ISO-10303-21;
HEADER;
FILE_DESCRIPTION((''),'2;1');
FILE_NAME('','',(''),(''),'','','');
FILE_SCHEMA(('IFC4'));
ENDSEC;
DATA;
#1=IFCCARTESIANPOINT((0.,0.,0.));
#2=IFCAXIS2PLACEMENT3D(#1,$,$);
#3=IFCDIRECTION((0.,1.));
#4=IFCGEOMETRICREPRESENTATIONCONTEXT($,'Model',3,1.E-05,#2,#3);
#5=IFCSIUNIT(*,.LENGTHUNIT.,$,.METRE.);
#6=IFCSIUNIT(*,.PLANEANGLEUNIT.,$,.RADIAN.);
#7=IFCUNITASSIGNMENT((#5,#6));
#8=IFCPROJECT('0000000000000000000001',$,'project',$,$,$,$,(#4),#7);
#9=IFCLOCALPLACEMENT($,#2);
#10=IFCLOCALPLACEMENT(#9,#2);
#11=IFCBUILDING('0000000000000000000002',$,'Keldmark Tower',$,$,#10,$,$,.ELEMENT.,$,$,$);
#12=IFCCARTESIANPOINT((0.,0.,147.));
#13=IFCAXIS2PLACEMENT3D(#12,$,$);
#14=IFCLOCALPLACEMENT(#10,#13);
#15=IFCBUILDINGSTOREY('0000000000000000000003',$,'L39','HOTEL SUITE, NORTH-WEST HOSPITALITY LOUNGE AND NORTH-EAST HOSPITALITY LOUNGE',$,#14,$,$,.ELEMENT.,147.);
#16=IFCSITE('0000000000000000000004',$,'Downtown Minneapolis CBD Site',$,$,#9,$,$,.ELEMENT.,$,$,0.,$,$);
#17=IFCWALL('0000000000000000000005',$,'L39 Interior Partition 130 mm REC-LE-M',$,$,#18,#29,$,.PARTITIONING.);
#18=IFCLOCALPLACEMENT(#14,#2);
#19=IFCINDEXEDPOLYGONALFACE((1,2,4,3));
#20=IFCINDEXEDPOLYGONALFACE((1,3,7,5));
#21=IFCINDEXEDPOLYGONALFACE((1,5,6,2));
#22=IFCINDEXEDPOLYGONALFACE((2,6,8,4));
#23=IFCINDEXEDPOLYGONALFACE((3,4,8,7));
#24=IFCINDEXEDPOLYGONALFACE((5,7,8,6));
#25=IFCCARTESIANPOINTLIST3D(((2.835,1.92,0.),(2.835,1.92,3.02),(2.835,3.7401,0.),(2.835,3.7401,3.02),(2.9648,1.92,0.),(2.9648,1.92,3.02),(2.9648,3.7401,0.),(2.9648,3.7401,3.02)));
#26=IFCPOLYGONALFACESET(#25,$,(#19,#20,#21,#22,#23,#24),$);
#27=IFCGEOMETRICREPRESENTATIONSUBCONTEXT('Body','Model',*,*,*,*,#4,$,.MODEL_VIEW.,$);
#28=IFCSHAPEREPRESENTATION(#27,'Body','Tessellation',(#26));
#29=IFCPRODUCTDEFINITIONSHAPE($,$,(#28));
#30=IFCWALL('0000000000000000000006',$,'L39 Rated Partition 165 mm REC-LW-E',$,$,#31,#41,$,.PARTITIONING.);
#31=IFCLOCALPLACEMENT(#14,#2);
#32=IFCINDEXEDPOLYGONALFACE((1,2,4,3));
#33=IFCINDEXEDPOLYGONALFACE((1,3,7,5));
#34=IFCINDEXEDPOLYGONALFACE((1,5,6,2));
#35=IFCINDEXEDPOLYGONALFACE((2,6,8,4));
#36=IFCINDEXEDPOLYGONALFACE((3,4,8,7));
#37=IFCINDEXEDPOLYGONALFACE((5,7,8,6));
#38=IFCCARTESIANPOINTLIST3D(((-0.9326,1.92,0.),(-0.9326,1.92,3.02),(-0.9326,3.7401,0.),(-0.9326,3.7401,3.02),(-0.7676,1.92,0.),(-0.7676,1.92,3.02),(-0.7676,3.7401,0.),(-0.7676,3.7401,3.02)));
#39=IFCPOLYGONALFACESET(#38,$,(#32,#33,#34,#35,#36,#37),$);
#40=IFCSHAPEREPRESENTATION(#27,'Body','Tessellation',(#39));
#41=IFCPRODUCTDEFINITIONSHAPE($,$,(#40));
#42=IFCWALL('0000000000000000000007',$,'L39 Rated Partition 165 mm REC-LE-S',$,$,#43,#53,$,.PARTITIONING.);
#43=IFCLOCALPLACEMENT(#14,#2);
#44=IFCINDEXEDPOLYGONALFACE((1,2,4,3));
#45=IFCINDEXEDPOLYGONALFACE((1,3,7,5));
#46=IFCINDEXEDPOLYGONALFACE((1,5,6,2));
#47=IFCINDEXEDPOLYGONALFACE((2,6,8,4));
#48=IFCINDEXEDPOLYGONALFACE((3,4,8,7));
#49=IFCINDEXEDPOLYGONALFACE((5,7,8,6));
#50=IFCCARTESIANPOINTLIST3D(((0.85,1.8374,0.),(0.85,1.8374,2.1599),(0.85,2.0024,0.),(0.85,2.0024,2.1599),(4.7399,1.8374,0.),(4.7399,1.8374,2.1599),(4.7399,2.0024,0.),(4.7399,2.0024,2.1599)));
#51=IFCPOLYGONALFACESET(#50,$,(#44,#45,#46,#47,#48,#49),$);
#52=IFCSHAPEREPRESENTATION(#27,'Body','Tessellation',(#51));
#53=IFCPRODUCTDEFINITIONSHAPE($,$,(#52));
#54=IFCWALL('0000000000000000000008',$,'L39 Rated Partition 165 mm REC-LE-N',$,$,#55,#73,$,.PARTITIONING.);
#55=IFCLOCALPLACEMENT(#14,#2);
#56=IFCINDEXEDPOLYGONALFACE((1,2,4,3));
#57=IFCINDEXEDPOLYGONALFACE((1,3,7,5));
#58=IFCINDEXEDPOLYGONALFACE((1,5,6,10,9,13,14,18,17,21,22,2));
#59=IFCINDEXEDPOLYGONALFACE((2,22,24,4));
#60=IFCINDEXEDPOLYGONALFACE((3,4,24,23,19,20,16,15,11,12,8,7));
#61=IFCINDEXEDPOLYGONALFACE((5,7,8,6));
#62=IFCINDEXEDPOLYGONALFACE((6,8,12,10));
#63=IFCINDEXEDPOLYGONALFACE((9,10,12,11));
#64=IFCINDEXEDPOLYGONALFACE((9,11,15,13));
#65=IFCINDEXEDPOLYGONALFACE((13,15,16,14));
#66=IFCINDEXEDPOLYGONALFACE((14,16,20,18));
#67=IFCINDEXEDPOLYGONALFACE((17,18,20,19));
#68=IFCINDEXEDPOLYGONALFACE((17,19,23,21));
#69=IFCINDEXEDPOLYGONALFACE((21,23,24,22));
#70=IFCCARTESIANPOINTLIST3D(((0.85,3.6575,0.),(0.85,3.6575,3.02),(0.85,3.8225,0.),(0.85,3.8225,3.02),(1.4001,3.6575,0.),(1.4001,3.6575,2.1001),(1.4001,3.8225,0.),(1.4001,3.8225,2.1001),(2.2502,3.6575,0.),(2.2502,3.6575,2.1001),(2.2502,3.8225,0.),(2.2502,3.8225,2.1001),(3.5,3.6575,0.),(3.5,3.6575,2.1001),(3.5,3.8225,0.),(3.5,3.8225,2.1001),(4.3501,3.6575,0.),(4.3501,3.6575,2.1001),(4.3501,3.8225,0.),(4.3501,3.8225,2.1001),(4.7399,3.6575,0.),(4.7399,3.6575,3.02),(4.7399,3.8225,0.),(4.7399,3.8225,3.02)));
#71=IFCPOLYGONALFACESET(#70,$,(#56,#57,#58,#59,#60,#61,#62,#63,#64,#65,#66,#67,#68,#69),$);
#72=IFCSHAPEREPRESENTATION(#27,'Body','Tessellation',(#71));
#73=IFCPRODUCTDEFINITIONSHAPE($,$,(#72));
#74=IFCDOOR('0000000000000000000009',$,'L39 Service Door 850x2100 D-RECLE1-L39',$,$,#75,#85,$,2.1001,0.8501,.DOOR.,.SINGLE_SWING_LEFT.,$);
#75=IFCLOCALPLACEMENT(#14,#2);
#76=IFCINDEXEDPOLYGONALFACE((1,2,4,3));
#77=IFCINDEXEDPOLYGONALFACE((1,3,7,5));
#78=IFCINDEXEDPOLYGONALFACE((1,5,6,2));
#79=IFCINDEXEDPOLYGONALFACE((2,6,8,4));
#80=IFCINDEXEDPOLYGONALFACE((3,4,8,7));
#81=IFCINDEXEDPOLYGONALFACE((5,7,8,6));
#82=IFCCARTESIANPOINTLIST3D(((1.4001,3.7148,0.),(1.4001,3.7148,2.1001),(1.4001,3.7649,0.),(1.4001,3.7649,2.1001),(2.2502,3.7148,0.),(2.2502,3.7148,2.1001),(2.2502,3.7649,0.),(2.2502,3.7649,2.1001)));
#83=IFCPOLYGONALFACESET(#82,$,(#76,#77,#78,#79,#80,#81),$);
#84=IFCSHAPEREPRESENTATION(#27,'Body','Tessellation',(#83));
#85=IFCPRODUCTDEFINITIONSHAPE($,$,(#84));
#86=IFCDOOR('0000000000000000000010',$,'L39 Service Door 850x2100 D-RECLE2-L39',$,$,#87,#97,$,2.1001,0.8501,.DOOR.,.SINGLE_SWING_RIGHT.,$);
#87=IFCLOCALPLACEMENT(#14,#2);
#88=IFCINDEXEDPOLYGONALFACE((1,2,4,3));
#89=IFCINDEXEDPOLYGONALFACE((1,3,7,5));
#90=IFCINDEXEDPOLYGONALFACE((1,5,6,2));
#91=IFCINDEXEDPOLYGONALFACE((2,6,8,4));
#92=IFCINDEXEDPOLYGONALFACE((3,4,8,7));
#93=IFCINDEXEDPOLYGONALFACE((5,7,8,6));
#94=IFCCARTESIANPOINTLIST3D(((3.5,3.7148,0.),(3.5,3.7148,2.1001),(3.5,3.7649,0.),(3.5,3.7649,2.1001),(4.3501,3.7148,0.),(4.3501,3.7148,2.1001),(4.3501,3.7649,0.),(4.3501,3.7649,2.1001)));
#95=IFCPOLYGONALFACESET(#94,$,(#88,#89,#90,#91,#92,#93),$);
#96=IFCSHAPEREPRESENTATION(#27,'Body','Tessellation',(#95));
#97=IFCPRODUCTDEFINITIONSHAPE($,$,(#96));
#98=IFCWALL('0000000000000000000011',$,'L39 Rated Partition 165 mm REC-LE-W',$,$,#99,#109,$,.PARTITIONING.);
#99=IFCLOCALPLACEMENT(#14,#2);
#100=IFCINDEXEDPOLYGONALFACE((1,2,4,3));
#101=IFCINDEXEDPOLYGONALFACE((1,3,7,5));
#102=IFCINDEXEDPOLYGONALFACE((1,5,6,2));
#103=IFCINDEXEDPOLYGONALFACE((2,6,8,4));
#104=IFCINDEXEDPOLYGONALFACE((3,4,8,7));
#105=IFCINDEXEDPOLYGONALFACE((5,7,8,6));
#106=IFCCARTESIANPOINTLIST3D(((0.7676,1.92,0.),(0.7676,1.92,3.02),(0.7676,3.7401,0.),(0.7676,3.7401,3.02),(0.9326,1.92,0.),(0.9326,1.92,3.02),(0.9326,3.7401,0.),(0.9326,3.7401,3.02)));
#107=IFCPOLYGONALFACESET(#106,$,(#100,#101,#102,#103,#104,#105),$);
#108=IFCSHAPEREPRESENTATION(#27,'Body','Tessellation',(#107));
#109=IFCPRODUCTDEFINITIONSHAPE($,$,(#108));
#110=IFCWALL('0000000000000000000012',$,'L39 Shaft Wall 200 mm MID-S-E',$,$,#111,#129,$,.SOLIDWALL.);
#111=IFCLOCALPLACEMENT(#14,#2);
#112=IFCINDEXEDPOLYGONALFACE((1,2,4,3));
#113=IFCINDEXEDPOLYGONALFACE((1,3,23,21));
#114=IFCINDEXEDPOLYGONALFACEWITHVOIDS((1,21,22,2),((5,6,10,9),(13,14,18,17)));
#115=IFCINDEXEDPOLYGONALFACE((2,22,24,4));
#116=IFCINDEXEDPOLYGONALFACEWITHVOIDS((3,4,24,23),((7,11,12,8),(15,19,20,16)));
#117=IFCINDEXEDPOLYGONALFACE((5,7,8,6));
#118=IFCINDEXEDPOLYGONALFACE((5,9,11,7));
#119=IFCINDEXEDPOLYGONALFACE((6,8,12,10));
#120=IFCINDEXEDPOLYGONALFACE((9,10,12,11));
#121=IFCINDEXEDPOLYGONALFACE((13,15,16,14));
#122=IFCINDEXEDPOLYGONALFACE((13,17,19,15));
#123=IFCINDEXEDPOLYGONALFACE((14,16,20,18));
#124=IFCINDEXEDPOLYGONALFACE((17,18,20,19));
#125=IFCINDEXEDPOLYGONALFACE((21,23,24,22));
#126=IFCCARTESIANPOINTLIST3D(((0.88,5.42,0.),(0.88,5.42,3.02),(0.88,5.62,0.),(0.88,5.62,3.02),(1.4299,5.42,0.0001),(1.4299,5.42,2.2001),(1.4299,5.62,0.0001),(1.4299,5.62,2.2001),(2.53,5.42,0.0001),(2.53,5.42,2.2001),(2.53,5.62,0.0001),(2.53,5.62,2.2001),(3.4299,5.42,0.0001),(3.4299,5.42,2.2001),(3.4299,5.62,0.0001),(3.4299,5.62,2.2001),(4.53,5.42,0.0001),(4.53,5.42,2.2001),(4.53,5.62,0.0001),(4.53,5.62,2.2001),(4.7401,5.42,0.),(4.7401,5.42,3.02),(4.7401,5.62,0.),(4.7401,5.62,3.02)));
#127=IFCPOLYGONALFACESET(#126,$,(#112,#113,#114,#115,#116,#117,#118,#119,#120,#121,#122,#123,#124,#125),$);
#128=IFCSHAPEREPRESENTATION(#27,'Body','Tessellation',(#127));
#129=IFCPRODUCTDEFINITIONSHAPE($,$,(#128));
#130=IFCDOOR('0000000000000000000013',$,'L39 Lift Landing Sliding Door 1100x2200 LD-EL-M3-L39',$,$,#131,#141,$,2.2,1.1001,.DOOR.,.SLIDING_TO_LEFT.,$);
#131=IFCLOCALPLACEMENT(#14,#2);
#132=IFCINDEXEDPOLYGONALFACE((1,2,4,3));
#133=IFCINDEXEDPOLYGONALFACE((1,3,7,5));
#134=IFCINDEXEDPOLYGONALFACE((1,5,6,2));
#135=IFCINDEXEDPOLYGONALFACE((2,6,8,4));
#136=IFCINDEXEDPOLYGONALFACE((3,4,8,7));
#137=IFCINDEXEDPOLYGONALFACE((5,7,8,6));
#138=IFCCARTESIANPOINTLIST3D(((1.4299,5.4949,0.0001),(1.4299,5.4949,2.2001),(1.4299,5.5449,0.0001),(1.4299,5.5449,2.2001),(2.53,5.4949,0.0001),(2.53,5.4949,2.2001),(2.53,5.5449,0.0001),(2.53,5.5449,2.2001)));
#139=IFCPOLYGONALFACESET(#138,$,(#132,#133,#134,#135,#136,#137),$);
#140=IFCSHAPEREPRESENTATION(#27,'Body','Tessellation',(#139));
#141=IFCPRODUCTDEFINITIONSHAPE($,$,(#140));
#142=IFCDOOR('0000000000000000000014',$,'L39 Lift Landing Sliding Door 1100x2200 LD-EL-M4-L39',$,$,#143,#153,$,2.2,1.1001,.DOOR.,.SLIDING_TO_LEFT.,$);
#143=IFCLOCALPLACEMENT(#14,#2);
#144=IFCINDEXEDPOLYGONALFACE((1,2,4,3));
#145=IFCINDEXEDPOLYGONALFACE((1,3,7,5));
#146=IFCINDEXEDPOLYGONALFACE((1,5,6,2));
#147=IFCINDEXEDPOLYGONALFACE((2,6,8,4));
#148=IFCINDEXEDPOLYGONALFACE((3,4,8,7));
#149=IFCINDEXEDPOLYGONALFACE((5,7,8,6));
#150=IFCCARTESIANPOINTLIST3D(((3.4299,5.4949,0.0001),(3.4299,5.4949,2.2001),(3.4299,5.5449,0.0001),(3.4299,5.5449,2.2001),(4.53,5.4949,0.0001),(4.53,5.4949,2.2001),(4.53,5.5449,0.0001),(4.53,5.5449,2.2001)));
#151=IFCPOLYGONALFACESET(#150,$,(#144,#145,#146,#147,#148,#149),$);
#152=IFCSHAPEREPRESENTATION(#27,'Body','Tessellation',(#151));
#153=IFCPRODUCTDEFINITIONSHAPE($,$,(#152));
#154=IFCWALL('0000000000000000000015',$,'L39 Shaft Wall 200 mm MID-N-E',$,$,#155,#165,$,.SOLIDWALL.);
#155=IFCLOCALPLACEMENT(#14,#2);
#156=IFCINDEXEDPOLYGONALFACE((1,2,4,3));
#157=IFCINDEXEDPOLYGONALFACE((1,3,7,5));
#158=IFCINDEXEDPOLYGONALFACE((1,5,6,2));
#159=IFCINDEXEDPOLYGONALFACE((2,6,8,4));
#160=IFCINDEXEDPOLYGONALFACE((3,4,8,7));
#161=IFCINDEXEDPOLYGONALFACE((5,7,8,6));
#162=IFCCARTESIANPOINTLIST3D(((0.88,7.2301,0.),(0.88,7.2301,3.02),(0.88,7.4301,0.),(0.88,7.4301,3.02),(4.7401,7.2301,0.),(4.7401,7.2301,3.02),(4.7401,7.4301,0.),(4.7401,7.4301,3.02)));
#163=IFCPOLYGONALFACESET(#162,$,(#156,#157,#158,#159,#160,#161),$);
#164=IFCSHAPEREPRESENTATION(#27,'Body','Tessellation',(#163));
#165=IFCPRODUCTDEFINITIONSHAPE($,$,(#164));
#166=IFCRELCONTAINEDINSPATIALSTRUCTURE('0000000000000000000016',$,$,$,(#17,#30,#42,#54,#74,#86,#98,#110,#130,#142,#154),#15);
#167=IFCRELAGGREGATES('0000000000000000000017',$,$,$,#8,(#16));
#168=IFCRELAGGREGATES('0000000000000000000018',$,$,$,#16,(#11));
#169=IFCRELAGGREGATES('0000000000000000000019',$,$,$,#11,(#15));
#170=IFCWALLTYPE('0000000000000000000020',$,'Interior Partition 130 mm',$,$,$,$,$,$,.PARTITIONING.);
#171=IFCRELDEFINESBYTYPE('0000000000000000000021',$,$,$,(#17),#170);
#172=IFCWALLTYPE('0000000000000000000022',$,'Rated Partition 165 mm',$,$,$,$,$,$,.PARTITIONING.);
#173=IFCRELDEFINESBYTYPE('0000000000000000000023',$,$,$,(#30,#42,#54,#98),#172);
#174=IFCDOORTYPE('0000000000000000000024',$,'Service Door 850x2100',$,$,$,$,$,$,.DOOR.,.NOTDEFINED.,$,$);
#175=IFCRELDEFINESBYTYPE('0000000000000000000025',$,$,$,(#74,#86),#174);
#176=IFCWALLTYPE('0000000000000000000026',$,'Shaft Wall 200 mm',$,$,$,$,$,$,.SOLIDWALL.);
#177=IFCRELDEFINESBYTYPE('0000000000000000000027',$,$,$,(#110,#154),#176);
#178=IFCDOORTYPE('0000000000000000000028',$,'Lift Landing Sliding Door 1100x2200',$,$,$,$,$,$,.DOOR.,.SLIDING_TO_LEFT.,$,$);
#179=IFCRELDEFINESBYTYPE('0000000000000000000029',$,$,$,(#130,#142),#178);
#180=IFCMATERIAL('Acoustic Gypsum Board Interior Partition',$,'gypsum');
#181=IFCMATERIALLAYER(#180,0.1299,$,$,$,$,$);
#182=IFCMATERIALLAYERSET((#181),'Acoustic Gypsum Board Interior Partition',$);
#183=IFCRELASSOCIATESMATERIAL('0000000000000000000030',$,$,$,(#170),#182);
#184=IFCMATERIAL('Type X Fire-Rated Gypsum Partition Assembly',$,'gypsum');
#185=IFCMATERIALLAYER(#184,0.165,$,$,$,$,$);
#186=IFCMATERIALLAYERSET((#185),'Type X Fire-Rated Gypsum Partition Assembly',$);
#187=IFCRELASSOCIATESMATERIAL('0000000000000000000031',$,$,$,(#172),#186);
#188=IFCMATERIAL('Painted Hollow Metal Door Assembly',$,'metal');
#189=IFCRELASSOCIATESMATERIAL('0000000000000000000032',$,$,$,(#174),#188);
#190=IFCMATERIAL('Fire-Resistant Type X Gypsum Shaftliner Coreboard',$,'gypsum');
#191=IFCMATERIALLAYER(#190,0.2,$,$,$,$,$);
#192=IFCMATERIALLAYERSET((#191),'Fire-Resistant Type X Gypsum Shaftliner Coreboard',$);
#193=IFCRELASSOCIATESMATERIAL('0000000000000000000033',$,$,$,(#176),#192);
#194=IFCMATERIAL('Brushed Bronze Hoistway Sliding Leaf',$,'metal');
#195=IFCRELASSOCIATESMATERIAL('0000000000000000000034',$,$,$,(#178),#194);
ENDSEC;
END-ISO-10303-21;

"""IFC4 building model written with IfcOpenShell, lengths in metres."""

from ifc_helpers import new_model, si_unit, direction, frame, frame_2d, origin, place, context, subcontext, project, spatial, rectangle, extrude, material, layer, layer_set, type_object, element, fill, save


model = new_model("IFC4")

# Units and contexts
model_context = context("Model", 3, precision=1e-05, world=origin(), true_north=direction((0.0, 1.0)))
body_context = subcontext(model_context, "Body", "Model", "MODEL_VIEW")
ifc_project = project(units=[si_unit("LENGTHUNIT", "METRE"), si_unit("PLANEANGLEUNIT", "RADIAN")], contexts=[model_context])

# Site, building, storey
site_placement = place(None, origin())
site = spatial("IfcSite", under=ifc_project, at=site_placement, Name="Downtown Minneapolis CBD Site", CompositionType="ELEMENT", RefElevation=0.0)
building_placement = place(site_placement, origin())
building = spatial("IfcBuilding", under=site, at=building_placement, Name="Keldmark Tower", CompositionType="ELEMENT")
storey_placement = place(building_placement, frame((0.0, 0.0, 147.0)))
storey = spatial("IfcBuildingStorey", under=building, at=storey_placement, Name="L39", Description="HOTEL SUITE, NORTH-WEST HOSPITALITY LOUNGE AND NORTH-EAST HOSPITALITY LOUNGE", CompositionType="ELEMENT", Elevation=147.0)

# Walls
ifc_material_1 = material(Name="Acoustic Gypsum Board Interior Partition", Category="gypsum")
ifc_layer_1 = layer(ifc_material_1, 0.1299)
ifc_layer_set_1 = layer_set([ifc_layer_1], Name="Acoustic Gypsum Board Interior Partition")
wall_type_1 = type_object("IfcWallType", Name="Interior Partition 130 mm", PredefinedType="PARTITIONING", material=ifc_layer_set_1)
wall_1_placement = place(storey_placement, frame((2.8999, 1.9199, 0.0), z_axis=(0.0, 0.0, 1.0), x_axis=(0.0, 1.0, 0.0)))
element("IfcWall", 1, at=wall_1_placement, inside=storey, type_object=wall_type_1, Name="L39 Interior Partition 130 mm REC-LE-M", PredefinedType="PARTITIONING", context=body_context, shape_type="SweptSolid", body=[
    extrude(rectangle(XDim=1.8201, YDim=0.1299, at=frame_2d((0.9102, 0.0))), origin(), (0.0, 0.0, 1.0), 3.02),
])
ifc_material_2 = material(Name="Type X Fire-Rated Gypsum Partition Assembly", Category="gypsum")
ifc_layer_2 = layer(ifc_material_2, 0.165)
ifc_layer_set_2 = layer_set([ifc_layer_2], Name="Type X Fire-Rated Gypsum Partition Assembly")
wall_type_2 = type_object("IfcWallType", Name="Rated Partition 165 mm", PredefinedType="PARTITIONING", material=ifc_layer_set_2)
wall_2_placement = place(storey_placement, frame((-0.8501, 1.9199, 0.0), z_axis=(0.0, 0.0, 1.0), x_axis=(0.0, 1.0, 0.0)))
element("IfcWall", 2, at=wall_2_placement, inside=storey, type_object=wall_type_2, Name="L39 Rated Partition 165 mm REC-LW-E", PredefinedType="PARTITIONING", context=body_context, shape_type="SweptSolid", body=[
    extrude(rectangle(XDim=1.8201, YDim=0.165, at=frame_2d((0.9102, 0.0))), origin(), (0.0, 0.0, 1.0), 3.02),
])
wall_3_placement = place(storey_placement, frame((0.8501, 1.9199, 0.0), z_axis=(0.0, 0.0, 1.0), x_axis=(1.0, 0.0, 0.0)))
element("IfcWall", 3, at=wall_3_placement, inside=storey, type_object=wall_type_2, Name="L39 Rated Partition 165 mm REC-LE-S", PredefinedType="PARTITIONING", context=body_context, shape_type="SweptSolid", body=[
    extrude(rectangle(XDim=3.8899, YDim=0.165, at=frame_2d((1.9448, 0.0))), origin(), (0.0, 0.0, 1.0), 2.1599),
])

# Wall, openings, doors
wall_4_placement = place(storey_placement, frame((0.8501, 3.74, 0.0), z_axis=(0.0, 0.0, 1.0), x_axis=(1.0, 0.0, 0.0)))
wall_4 = element("IfcWall", 4, at=wall_4_placement, inside=storey, type_object=wall_type_2, Name="L39 Rated Partition 165 mm REC-LE-N", PredefinedType="PARTITIONING", context=body_context, shape_type="SweptSolid", body=[
    extrude(rectangle(XDim=3.8899, YDim=0.165, at=frame_2d((1.9448, 0.0))), origin(), (0.0, 0.0, 1.0), 3.02),
])
opening_1_placement = place(wall_4_placement, frame((0.55, 0.0, 0.0)))
opening_1 = element("IfcOpeningElement", 5, at=opening_1_placement, cuts=wall_4, PredefinedType="OPENING", context=body_context, shape_type="SweptSolid", body=[
    extrude(rectangle(XDim=0.8501, YDim=2.1001, at=frame_2d((0.425, 1.05))), frame((0.0, 0.0925, 0.0), z_axis=(0.0, -1.0, 0.0), x_axis=(1.0, 0.0, 0.0)), (0.0, 0.0, 1.0), 0.1851),
])
opening_2_placement = place(wall_4_placement, frame((2.6499, 0.0, 0.0)))
opening_2 = element("IfcOpeningElement", 6, at=opening_2_placement, cuts=wall_4, PredefinedType="OPENING", context=body_context, shape_type="SweptSolid", body=[
    extrude(rectangle(XDim=0.8501, YDim=2.1001, at=frame_2d((0.425, 1.05))), frame((0.0, 0.0925, 0.0), z_axis=(0.0, -1.0, 0.0), x_axis=(1.0, 0.0, 0.0)), (0.0, 0.0, 1.0), 0.1851),
])
ifc_material_3 = material(Name="Painted Hollow Metal Door Assembly", Category="metal")
door_type_1 = type_object("IfcDoorType", Name="Service Door 850x2100", OperationType="NOTDEFINED", PredefinedType="DOOR", material=ifc_material_3)
door_1_placement = place(opening_1_placement, origin())
door_1 = element("IfcDoor", 7, at=door_1_placement, inside=storey, type_object=door_type_1, Name="L39 Service Door 850x2100 D-RECLE1-L39", OperationType="SINGLE_SWING_LEFT", OverallHeight=2.1001, OverallWidth=0.8501, PredefinedType="DOOR", context=body_context, shape_type="SweptSolid", body=[
    extrude(rectangle(XDim=0.8501, YDim=2.1001, at=frame_2d((0.425, 1.05))), frame((0.0, 0.0249, 0.0), z_axis=(0.0, -1.0, 0.0), x_axis=(1.0, 0.0, 0.0)), (0.0, 0.0, 1.0), 0.05),
])
fill(opening_1, door_1)
door_2_placement = place(opening_2_placement, origin())
door_2 = element("IfcDoor", 8, at=door_2_placement, inside=storey, type_object=door_type_1, Name="L39 Service Door 850x2100 D-RECLE2-L39", OperationType="SINGLE_SWING_RIGHT", OverallHeight=2.1001, OverallWidth=0.8501, PredefinedType="DOOR", context=body_context, shape_type="SweptSolid", body=[
    extrude(rectangle(XDim=0.8501, YDim=2.1001, at=frame_2d((0.425, 1.05))), frame((0.0, 0.0249, 0.0), z_axis=(0.0, -1.0, 0.0), x_axis=(1.0, 0.0, 0.0)), (0.0, 0.0, 1.0), 0.05),
])
fill(opening_2, door_2)

# Wall
wall_5_placement = place(storey_placement, frame((0.8501, 1.9199, 0.0), z_axis=(0.0, 0.0, 1.0), x_axis=(0.0, 1.0, 0.0)))
element("IfcWall", 9, at=wall_5_placement, inside=storey, type_object=wall_type_2, Name="L39 Rated Partition 165 mm REC-LE-W", PredefinedType="PARTITIONING", context=body_context, shape_type="SweptSolid", body=[
    extrude(rectangle(XDim=1.8201, YDim=0.165, at=frame_2d((0.9102, 0.0))), origin(), (0.0, 0.0, 1.0), 3.02),
])

# Wall, openings, doors
ifc_material_4 = material(Name="Fire-Resistant Type X Gypsum Shaftliner Coreboard", Category="gypsum")
ifc_layer_3 = layer(ifc_material_4, 0.2)
ifc_layer_set_3 = layer_set([ifc_layer_3], Name="Fire-Resistant Type X Gypsum Shaftliner Coreboard")
wall_type_3 = type_object("IfcWallType", Name="Shaft Wall 200 mm", PredefinedType="SOLIDWALL", material=ifc_layer_set_3)
wall_6_placement = place(storey_placement, frame((0.8799, 5.52, 0.0), z_axis=(0.0, 0.0, 1.0), x_axis=(1.0, 0.0, 0.0)))
wall_6 = element("IfcWall", 10, at=wall_6_placement, inside=storey, type_object=wall_type_3, Name="L39 Shaft Wall 200 mm MID-S-E", PredefinedType="SOLIDWALL", context=body_context, shape_type="SweptSolid", body=[
    extrude(rectangle(XDim=3.8601, YDim=0.2, at=frame_2d((1.9302, 0.0))), origin(), (0.0, 0.0, 1.0), 3.02),
])
opening_3_placement = place(wall_6_placement, frame((0.55, 0.0, 0.0)))
opening_3 = element("IfcOpeningElement", 11, at=opening_3_placement, cuts=wall_6, PredefinedType="OPENING", context=body_context, shape_type="SweptSolid", body=[
    extrude(rectangle(XDim=1.1001, YDim=2.2, at=frame_2d((0.55, 1.1001))), frame((0.0, 0.1099, 0.0), z_axis=(0.0, -1.0, 0.0), x_axis=(1.0, 0.0, 0.0)), (0.0, 0.0, 1.0), 0.22),
])
opening_4_placement = place(wall_6_placement, frame((2.55, 0.0, 0.0)))
opening_4 = element("IfcOpeningElement", 12, at=opening_4_placement, cuts=wall_6, PredefinedType="OPENING", context=body_context, shape_type="SweptSolid", body=[
    extrude(rectangle(XDim=1.1001, YDim=2.2, at=frame_2d((0.55, 1.1001))), frame((0.0, 0.1099, 0.0), z_axis=(0.0, -1.0, 0.0), x_axis=(1.0, 0.0, 0.0)), (0.0, 0.0, 1.0), 0.22),
])
ifc_material_5 = material(Name="Brushed Bronze Hoistway Sliding Leaf", Category="metal")
door_type_2 = type_object("IfcDoorType", Name="Lift Landing Sliding Door 1100x2200", OperationType="SLIDING_TO_LEFT", PredefinedType="DOOR", material=ifc_material_5)
door_3_placement = place(opening_3_placement, origin())
door_3 = element("IfcDoor", 13, at=door_3_placement, inside=storey, type_object=door_type_2, Name="L39 Lift Landing Sliding Door 1100x2200 LD-EL-M3-L39", OperationType="SLIDING_TO_LEFT", OverallHeight=2.2, OverallWidth=1.1001, PredefinedType="DOOR", context=body_context, shape_type="SweptSolid", body=[
    extrude(rectangle(XDim=1.1001, YDim=2.2, at=frame_2d((0.55, 1.1001))), frame((0.0, 0.0249, 0.0), z_axis=(0.0, -1.0, 0.0), x_axis=(1.0, 0.0, 0.0)), (0.0, 0.0, 1.0), 0.05),
])
fill(opening_3, door_3)
door_4_placement = place(opening_4_placement, origin())
door_4 = element("IfcDoor", 14, at=door_4_placement, inside=storey, type_object=door_type_2, Name="L39 Lift Landing Sliding Door 1100x2200 LD-EL-M4-L39", OperationType="SLIDING_TO_LEFT", OverallHeight=2.2, OverallWidth=1.1001, PredefinedType="DOOR", context=body_context, shape_type="SweptSolid", body=[
    extrude(rectangle(XDim=1.1001, YDim=2.2, at=frame_2d((0.55, 1.1001))), frame((0.0, 0.0249, 0.0), z_axis=(0.0, -1.0, 0.0), x_axis=(1.0, 0.0, 0.0)), (0.0, 0.0, 1.0), 0.05),
])
fill(opening_4, door_4)

# Wall
wall_7_placement = place(storey_placement, frame((0.8799, 7.3301, 0.0), z_axis=(0.0, 0.0, 1.0), x_axis=(1.0, 0.0, 0.0)))
element("IfcWall", 15, at=wall_7_placement, inside=storey, type_object=wall_type_3, Name="L39 Shaft Wall 200 mm MID-N-E", PredefinedType="SOLIDWALL", context=body_context, shape_type="SweptSolid", body=[
    extrude(rectangle(XDim=3.8601, YDim=0.2, at=frame_2d((1.9302, 0.0))), origin(), (0.0, 0.0, 1.0), 3.02),
])

save(model, "model.ifc")
